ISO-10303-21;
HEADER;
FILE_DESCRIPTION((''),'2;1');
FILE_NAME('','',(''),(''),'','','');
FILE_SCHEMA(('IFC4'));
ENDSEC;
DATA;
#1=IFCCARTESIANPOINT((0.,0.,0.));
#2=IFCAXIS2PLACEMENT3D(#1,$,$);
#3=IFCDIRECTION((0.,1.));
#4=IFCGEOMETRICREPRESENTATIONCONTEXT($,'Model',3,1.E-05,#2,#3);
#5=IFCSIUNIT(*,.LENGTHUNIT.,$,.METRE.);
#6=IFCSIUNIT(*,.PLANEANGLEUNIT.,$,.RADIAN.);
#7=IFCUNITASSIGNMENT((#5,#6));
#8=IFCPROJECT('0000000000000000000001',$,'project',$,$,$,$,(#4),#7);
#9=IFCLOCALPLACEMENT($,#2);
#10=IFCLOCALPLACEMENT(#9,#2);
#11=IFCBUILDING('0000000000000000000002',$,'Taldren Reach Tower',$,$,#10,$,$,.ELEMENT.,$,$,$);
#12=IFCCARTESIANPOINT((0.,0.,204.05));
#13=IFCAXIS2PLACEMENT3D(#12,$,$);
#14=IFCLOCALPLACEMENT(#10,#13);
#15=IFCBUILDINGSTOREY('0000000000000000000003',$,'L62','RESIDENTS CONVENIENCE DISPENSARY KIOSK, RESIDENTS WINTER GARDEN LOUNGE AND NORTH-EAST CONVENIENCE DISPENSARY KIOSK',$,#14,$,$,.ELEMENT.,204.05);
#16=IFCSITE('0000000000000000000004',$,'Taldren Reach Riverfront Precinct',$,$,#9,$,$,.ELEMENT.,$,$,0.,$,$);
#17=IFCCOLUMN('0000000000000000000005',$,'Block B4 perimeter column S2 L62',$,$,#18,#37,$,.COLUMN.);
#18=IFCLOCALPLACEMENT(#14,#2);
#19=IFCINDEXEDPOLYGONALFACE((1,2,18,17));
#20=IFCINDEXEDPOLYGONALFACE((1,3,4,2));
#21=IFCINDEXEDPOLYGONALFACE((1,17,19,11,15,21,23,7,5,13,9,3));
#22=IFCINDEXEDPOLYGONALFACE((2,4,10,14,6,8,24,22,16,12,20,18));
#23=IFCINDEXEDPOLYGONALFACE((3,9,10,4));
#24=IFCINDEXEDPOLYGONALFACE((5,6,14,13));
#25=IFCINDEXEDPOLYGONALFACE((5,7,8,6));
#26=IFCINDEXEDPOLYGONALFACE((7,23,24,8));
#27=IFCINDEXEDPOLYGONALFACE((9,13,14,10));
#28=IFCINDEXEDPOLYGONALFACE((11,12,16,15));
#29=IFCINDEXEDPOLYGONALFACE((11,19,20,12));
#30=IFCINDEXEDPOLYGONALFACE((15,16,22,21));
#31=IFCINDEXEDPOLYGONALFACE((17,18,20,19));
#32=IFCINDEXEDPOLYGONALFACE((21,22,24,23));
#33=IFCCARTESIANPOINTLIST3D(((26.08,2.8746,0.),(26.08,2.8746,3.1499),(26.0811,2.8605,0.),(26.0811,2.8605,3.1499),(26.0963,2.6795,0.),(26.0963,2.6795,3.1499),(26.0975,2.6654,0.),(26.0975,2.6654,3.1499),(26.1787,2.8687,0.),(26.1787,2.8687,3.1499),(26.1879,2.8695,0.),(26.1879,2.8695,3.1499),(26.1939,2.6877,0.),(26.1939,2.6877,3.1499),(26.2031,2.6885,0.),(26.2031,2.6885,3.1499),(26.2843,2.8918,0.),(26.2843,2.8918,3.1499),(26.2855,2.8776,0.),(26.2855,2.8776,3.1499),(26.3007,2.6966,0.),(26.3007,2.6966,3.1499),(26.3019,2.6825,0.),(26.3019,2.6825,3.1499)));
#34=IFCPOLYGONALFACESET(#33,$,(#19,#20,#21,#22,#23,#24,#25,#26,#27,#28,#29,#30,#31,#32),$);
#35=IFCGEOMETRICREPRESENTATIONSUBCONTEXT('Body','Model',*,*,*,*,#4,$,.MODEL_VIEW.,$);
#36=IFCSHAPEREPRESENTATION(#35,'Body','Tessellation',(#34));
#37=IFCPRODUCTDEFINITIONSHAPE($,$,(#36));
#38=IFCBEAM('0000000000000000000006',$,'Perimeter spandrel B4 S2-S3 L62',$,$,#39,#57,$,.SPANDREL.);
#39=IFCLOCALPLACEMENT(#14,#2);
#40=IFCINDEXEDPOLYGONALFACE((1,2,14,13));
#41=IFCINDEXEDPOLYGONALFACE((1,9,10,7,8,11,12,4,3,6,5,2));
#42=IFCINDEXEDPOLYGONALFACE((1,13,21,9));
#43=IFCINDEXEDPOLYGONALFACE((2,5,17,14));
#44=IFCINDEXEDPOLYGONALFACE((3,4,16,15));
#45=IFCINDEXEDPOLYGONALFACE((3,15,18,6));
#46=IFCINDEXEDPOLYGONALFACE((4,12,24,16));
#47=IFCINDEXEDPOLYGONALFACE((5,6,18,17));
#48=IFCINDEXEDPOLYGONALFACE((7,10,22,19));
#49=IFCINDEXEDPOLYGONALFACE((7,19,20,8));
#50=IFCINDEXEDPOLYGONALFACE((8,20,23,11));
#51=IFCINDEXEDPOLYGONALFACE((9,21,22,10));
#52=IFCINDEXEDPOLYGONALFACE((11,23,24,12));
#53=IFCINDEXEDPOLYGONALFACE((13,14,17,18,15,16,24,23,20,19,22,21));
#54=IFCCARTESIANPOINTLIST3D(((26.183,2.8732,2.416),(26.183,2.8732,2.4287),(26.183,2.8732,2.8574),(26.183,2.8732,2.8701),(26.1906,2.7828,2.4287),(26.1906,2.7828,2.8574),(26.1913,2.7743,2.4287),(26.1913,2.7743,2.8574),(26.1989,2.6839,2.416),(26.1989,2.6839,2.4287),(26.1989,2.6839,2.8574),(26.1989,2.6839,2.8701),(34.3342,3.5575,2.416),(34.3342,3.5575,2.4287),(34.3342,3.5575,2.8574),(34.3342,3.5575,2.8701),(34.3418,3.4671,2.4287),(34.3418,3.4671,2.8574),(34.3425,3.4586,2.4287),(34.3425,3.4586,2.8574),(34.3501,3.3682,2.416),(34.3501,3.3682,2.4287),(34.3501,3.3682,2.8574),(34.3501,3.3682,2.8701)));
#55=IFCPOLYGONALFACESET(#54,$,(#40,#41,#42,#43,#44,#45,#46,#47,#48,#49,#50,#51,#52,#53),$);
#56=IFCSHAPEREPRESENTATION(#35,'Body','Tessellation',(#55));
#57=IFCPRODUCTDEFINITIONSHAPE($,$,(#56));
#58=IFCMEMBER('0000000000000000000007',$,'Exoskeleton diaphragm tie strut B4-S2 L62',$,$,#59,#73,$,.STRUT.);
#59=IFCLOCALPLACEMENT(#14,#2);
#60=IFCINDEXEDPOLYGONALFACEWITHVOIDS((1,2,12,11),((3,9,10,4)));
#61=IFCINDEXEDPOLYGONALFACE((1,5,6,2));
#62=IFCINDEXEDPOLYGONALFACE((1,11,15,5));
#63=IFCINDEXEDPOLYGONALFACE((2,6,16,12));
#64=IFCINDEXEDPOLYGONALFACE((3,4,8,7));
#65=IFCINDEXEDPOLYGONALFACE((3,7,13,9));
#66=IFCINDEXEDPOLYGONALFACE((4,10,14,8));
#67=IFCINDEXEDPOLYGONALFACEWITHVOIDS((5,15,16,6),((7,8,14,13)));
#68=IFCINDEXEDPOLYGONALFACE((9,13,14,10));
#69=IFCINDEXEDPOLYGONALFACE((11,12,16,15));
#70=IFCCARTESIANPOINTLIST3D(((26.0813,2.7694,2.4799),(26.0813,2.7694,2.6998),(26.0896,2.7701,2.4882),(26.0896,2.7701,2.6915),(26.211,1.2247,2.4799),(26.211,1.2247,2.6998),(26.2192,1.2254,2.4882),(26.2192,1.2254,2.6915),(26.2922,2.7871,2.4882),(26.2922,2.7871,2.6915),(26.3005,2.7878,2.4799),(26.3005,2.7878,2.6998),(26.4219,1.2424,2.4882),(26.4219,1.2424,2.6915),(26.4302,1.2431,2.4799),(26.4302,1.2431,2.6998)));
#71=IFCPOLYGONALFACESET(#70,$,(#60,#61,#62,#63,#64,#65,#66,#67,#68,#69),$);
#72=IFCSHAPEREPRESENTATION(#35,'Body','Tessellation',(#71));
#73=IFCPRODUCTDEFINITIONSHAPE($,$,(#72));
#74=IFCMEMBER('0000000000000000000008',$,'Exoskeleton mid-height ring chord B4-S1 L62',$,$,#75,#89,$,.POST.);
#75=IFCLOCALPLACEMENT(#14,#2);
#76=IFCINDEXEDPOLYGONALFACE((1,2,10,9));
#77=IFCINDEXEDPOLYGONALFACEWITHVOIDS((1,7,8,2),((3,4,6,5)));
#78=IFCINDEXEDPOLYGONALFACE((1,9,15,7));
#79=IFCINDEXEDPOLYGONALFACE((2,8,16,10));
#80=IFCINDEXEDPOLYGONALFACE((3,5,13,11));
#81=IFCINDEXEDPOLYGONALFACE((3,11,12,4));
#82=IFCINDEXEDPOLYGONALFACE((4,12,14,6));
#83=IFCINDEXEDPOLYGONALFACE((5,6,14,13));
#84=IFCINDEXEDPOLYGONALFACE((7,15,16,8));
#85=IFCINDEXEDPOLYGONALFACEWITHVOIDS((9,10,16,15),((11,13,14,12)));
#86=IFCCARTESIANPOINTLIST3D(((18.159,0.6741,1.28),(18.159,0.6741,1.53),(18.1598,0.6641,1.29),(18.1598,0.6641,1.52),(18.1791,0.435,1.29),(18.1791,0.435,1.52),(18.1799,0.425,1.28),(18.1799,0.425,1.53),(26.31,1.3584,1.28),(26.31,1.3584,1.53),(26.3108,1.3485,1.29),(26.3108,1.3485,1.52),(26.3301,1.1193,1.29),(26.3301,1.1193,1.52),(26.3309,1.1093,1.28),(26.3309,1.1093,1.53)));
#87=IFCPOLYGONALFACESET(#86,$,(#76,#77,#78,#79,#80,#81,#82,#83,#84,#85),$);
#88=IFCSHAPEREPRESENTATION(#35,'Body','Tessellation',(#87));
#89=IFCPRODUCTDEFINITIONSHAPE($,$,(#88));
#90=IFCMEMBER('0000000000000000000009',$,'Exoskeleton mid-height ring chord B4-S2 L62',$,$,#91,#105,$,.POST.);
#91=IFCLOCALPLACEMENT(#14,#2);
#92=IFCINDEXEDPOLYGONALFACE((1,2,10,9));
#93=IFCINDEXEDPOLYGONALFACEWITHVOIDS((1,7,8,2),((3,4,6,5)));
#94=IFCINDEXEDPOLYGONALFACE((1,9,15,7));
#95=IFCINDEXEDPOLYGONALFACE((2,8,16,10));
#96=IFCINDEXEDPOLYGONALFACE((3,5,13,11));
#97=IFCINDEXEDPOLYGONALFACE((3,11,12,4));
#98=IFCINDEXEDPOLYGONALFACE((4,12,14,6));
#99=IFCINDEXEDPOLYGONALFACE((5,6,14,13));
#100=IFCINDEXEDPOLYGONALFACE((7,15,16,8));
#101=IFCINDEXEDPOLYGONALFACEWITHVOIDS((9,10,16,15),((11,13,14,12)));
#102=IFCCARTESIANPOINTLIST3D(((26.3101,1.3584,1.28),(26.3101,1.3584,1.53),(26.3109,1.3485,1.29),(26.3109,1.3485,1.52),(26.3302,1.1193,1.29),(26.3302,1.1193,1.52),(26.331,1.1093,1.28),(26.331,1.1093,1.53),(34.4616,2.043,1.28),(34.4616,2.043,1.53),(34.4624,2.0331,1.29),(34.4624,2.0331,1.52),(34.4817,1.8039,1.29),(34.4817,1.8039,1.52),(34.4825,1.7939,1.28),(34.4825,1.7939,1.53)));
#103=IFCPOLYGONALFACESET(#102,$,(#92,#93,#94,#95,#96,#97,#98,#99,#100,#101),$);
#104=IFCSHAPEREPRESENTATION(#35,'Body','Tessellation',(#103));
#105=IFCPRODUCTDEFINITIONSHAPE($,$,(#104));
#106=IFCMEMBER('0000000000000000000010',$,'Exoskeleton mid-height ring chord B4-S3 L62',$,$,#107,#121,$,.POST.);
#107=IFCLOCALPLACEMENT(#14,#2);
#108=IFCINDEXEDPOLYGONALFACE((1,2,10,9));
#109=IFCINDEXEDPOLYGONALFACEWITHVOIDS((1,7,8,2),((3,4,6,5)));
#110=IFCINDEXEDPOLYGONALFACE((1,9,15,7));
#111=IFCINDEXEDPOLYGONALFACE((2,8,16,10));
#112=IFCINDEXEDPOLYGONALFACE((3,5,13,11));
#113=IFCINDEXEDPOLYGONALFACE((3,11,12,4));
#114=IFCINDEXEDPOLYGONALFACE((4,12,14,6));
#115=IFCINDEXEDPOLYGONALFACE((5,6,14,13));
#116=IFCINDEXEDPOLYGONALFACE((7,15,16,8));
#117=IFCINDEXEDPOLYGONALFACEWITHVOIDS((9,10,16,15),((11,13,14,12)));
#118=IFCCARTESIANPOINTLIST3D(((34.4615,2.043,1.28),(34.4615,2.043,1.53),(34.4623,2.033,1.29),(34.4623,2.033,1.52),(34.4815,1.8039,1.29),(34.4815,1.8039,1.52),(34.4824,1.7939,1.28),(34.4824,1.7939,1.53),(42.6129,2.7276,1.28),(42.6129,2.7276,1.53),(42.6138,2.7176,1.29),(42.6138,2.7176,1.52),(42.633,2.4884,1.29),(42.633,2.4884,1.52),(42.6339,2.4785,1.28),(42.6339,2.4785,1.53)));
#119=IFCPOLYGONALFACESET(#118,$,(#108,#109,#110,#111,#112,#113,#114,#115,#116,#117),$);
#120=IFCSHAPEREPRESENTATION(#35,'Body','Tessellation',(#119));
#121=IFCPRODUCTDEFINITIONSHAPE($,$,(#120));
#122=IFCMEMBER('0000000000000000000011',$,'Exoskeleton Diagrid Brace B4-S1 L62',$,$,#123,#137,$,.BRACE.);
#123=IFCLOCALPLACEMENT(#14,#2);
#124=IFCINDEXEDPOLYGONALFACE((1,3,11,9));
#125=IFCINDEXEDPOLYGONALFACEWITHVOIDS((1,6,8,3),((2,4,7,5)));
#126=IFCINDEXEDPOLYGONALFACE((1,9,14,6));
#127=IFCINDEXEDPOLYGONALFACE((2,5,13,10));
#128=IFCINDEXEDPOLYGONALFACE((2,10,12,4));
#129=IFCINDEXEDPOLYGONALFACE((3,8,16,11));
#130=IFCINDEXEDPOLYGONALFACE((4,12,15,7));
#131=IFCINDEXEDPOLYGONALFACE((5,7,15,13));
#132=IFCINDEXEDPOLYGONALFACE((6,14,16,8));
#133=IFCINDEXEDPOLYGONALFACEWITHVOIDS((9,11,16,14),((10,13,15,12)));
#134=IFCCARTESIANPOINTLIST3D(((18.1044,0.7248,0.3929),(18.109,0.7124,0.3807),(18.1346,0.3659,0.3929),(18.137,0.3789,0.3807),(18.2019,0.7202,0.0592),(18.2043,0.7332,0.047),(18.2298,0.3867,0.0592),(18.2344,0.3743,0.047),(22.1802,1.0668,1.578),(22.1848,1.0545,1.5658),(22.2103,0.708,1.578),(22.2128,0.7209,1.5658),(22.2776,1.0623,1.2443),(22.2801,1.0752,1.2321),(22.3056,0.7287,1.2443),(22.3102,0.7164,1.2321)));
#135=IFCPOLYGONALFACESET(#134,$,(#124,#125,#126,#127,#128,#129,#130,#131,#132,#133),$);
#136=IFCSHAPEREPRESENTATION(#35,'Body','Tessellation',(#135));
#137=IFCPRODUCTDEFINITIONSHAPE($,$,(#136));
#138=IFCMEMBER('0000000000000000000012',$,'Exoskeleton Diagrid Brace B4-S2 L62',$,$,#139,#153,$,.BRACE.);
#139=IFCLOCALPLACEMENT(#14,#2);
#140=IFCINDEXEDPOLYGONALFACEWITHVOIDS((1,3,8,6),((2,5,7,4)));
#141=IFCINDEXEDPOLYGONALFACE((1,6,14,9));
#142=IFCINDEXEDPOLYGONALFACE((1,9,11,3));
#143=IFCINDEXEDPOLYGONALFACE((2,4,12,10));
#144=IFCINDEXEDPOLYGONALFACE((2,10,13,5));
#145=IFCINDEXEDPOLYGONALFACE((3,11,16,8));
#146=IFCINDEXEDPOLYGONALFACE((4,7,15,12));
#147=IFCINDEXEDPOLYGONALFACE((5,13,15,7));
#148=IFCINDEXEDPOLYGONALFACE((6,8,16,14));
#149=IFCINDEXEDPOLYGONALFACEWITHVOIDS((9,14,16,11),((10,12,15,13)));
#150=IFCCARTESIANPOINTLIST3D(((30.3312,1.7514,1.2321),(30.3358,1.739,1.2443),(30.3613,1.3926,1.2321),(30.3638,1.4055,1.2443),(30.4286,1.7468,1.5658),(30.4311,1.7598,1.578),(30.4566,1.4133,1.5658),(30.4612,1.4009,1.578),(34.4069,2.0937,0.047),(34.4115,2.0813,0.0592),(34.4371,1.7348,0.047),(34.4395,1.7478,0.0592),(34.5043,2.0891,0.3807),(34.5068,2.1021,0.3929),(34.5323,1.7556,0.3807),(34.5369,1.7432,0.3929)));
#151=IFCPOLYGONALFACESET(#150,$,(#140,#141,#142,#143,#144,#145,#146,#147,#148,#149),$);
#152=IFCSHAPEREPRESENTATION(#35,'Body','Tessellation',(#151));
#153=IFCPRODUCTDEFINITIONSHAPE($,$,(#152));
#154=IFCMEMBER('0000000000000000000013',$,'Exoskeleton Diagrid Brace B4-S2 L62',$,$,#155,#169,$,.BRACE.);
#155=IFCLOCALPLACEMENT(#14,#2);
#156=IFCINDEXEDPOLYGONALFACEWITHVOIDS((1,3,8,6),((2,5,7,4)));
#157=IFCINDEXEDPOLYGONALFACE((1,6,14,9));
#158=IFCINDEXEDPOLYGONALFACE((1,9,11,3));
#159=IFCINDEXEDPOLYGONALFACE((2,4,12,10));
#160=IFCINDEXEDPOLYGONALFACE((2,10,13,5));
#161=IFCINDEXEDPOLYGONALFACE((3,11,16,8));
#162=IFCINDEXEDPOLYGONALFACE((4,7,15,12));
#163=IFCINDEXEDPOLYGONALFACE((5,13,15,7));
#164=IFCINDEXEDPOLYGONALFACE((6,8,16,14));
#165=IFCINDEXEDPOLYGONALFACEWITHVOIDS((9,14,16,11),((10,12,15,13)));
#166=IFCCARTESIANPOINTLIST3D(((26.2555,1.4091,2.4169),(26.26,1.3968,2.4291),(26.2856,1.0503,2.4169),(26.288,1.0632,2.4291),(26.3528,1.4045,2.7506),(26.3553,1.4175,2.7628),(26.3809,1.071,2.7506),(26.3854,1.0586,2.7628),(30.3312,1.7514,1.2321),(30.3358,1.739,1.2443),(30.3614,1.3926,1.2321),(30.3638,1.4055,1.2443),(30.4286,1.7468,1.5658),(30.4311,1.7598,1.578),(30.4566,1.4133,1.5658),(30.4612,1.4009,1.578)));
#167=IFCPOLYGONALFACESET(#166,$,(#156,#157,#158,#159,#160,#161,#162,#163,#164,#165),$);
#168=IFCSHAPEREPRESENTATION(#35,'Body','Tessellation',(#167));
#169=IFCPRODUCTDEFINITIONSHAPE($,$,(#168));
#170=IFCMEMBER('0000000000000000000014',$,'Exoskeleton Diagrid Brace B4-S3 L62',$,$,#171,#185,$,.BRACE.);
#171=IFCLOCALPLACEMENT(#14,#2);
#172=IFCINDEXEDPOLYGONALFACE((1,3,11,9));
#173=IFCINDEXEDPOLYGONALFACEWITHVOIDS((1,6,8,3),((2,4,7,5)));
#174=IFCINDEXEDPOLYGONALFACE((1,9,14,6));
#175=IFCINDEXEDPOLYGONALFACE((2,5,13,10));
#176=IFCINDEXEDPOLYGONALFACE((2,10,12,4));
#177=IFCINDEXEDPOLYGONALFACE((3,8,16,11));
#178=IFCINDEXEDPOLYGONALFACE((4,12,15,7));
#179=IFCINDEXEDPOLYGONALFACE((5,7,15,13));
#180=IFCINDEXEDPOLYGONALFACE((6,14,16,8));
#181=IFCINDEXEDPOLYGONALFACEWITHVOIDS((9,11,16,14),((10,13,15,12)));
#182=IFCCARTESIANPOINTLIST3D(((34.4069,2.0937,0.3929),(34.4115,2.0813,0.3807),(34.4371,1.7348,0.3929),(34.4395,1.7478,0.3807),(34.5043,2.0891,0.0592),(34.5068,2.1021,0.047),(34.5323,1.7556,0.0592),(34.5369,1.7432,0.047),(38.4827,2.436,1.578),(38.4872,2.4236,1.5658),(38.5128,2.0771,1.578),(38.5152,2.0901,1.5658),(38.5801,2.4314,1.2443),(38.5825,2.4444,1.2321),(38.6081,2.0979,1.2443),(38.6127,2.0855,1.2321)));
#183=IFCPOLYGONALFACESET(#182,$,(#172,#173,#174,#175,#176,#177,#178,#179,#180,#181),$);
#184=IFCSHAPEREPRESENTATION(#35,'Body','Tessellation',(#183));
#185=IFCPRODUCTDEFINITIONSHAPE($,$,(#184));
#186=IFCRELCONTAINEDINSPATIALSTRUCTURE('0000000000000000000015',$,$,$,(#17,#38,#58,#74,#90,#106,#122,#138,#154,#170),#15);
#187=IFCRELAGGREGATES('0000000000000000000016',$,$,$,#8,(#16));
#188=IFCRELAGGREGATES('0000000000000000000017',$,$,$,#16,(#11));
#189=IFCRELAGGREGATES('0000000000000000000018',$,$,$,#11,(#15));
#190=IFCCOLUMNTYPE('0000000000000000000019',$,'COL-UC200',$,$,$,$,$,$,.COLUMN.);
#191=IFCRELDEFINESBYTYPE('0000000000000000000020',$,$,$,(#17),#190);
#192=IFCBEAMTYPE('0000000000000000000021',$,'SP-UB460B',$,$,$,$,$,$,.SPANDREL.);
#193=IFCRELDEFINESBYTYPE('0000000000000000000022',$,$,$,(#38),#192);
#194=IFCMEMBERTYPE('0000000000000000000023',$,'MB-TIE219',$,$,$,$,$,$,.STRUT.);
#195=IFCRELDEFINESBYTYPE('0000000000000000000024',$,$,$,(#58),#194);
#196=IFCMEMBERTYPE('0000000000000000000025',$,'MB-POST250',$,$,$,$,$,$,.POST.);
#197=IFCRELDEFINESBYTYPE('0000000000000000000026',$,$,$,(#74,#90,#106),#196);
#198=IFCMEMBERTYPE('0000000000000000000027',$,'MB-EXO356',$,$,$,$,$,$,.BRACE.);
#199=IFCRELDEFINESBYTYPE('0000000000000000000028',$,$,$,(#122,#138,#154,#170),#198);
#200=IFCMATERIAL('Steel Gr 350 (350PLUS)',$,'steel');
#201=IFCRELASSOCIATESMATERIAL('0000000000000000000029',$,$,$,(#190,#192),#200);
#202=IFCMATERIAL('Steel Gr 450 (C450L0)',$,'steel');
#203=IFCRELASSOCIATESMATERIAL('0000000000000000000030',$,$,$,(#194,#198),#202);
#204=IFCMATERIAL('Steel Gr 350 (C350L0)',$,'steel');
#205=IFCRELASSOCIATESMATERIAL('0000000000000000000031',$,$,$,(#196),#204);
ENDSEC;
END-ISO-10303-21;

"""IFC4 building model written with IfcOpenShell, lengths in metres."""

from ifc_helpers import new_model, si_unit, direction, frame, origin, origin_2d, place, context, subcontext, project, spatial, hollow_rectangle, i_section, extrude, source, transform, mapped, material, material_profile, profile_set, type_object, element, save


model = new_model("IFC4")

# Units and contexts
model_context = context("Model", 3, precision=1e-05, world=origin(), true_north=direction((0.0, 1.0)))
body_context = subcontext(model_context, "Body", "Model", "MODEL_VIEW")
ifc_project = project(units=[si_unit("LENGTHUNIT", "METRE"), si_unit("PLANEANGLEUNIT", "RADIAN")], contexts=[model_context])

# Site, building, storey
site_placement = place(None, origin())
site = spatial("IfcSite", under=ifc_project, at=site_placement, Name="Taldren Reach Riverfront Precinct", CompositionType="ELEMENT", RefElevation=0.0)
building_placement = place(site_placement, origin())
building = spatial("IfcBuilding", under=site, at=building_placement, Name="Taldren Reach Tower", CompositionType="ELEMENT")
storey_placement = place(building_placement, frame((0.0, 0.0, 204.05)))
storey = spatial("IfcBuildingStorey", under=building, at=storey_placement, Name="L62", Description="RESIDENTS CONVENIENCE DISPENSARY KIOSK, RESIDENTS WINTER GARDEN LOUNGE AND NORTH-EAST CONVENIENCE DISPENSARY KIOSK", CompositionType="ELEMENT", Elevation=204.05)

# Column
ifc_material_1 = material(Name="Steel Gr 350 (350PLUS)", Category="steel")
ifc_material_profile_1 = material_profile(ifc_material_1, i_section(OverallWidth=0.2051, OverallDepth=0.21, WebThickness=0.0093, FlangeThickness=0.0142, at=origin_2d()), Name="200UC59.5")
ifc_profile_set_1 = profile_set([ifc_material_profile_1], Name="Steel Gr 350 (350PLUS)")
column_type = type_object("IfcColumnType", Name="COL-UC200", PredefinedType="COLUMN", material=ifc_profile_set_1)
shared_shape_1 = source(origin(), body_context, "Body", "SweptSolid", [
    extrude(i_section(OverallWidth=0.2051, OverallDepth=0.21, WebThickness=0.0093, FlangeThickness=0.0142, at=origin_2d()), origin(), (0.0, 0.0, 1.0), 3.1499),
])
column_placement = place(storey_placement, frame((26.1909, 2.7786, 0.0), z_axis=(0.0, 0.0, 1.0), x_axis=(0.996493, 0.083678, 0.0)))
element("IfcColumn", 1, at=column_placement, inside=storey, type_object=column_type, Name="Block B4 perimeter column S2 L62", PredefinedType="COLUMN", context=body_context, shape_type="MappedRepresentation", body=[
    mapped(shared_shape_1, transform((0.0, 0.0, 0.0), scale=1.0)),
])

# Beam
ifc_material_profile_2 = material_profile(ifc_material_1, i_section(OverallWidth=0.1899, OverallDepth=0.4541, WebThickness=0.0085, FlangeThickness=0.0127, at=origin_2d()), Name="460UB67.1")
ifc_profile_set_2 = profile_set([ifc_material_profile_2], Name="Steel Gr 350 (350PLUS)")
beam_type = type_object("IfcBeamType", Name="SP-UB460B", PredefinedType="SPANDREL", material=ifc_profile_set_2)
shared_shape_2 = source(origin(), body_context, "Body", "SweptSolid", [
    extrude(i_section(OverallWidth=0.1899, OverallDepth=0.4541, WebThickness=0.0085, FlangeThickness=0.0127, at=origin_2d()), origin(), (0.0, 0.0, 1.0), 8.1799),
])
beam_placement = place(storey_placement, frame((26.1909, 2.7786, 2.6431), z_axis=(0.996495, 0.083658, 0.0), x_axis=(-0.083658, 0.996495, 0.0)))
element("IfcBeam", 2, at=beam_placement, inside=storey, type_object=beam_type, Name="Perimeter spandrel B4 S2-S3 L62", PredefinedType="SPANDREL", context=body_context, shape_type="MappedRepresentation", body=[
    mapped(shared_shape_2, transform((0.0, 0.0, 0.0), scale=1.0)),
])

# Members
ifc_material_2 = material(Name="Steel Gr 450 (C450L0)", Category="steel")
ifc_material_profile_3 = material_profile(ifc_material_2, hollow_rectangle(XDim=0.22, YDim=0.22, WallThickness=0.0083, at=origin_2d()), Name="220x220x8.2SHS")
ifc_profile_set_3 = profile_set([ifc_material_profile_3], Name="Steel Gr 450 (C450L0)")
member_type_1 = type_object("IfcMemberType", Name="MB-TIE219", PredefinedType="STRUT", material=ifc_profile_set_3)
shared_shape_3 = source(origin(), body_context, "Body", "SweptSolid", [
    extrude(hollow_rectangle(XDim=0.22, YDim=0.22, WallThickness=0.0083, at=origin_2d()), origin(), (0.0, 0.0, 1.0), 1.55),
])
member_1_placement = place(storey_placement, frame((26.1909, 2.7786, 2.5898), z_axis=(0.083632, -0.996497, 0.0), x_axis=(0.996497, 0.083632, 0.0)))
element("IfcMember", 3, at=member_1_placement, inside=storey, type_object=member_type_1, Name="Exoskeleton diaphragm tie strut B4-S2 L62", PredefinedType="STRUT", context=body_context, shape_type="MappedRepresentation", body=[
    mapped(shared_shape_3, transform((0.0, 0.0, 0.0), scale=1.0)),
])
ifc_material_3 = material(Name="Steel Gr 350 (C350L0)", Category="steel")
ifc_material_profile_4 = material_profile(ifc_material_3, hollow_rectangle(XDim=0.25, YDim=0.25, WallThickness=0.01, at=origin_2d()), Name="250x250x10.0SHS")
ifc_profile_set_4 = profile_set([ifc_material_profile_4], Name="Steel Gr 350 (C350L0)")
member_type_2 = type_object("IfcMemberType", Name="MB-POST250", PredefinedType="POST", material=ifc_profile_set_4)
shared_shape_4 = source(origin(), body_context, "Body", "SweptSolid", [
    extrude(hollow_rectangle(XDim=0.25, YDim=0.25, WallThickness=0.01, at=origin_2d()), origin(), (0.0, 0.0, 1.0), 8.1797),
])
member_2_placement = place(storey_placement, frame((18.1694, 0.5496, 1.405), z_axis=(0.996494, 0.083661, 0.0), x_axis=(-0.083661, 0.996494, 0.0)))
element("IfcMember", 4, at=member_2_placement, inside=storey, type_object=member_type_2, Name="Exoskeleton mid-height ring chord B4-S1 L62", PredefinedType="POST", context=body_context, shape_type="MappedRepresentation", body=[
    mapped(shared_shape_4, transform((0.0, 0.0, 0.0), scale=1.0)),
])
shared_shape_5 = source(origin(), body_context, "Body", "SweptSolid", [
    extrude(hollow_rectangle(XDim=0.25, YDim=0.25, WallThickness=0.01, at=origin_2d()), origin(), (0.0, 0.0, 1.0), 8.1802),
])
for number, where, z_axis, x_axis, name in (
    (5, (26.3206, 1.2339, 1.405), (0.996492, 0.083688, 0.0), (-0.083688, 0.996492, 0.0), "Exoskeleton mid-height ring chord B4-S2 L62"),
    (6, (34.4719, 1.9185, 1.405), (0.996492, 0.083688, 0.0), (-0.083688, 0.996492, 0.0), "Exoskeleton mid-height ring chord B4-S3 L62"),
):
    element("IfcMember", number, at=place(storey_placement, frame(where, z_axis=z_axis, x_axis=x_axis)), inside=storey, type_object=member_type_2, Name=name, PredefinedType="POST", context=body_context, shape_type="MappedRepresentation", body=[
        mapped(shared_shape_5, transform((0.0, 0.0, 0.0), scale=1.0)),
    ])
ifc_material_profile_5 = material_profile(ifc_material_2, hollow_rectangle(XDim=0.3601, YDim=0.3601, WallThickness=0.0127, at=origin_2d()), Name="360x360x12.7SHS")
ifc_profile_set_5 = profile_set([ifc_material_profile_5], Name="Steel Gr 450 (C450L0)")
member_type_3 = type_object("IfcMemberType", Name="MB-EXO356", PredefinedType="BRACE", material=ifc_profile_set_5)
shared_shape_6 = source(origin(), body_context, "Body", "SweptSolid", [
    extrude(hollow_rectangle(XDim=0.3601, YDim=0.3601, WallThickness=0.0127, at=origin_2d()), origin(), (0.0, 0.0, 1.0), 4.2583),
])
for number, where, z_axis, x_axis, name in (
    (7, (18.1694, 0.5496, 0.22), (0.95713, 0.080325, 0.278298), (-0.083628, 0.996497, 0.0), "Exoskeleton Diagrid Brace B4-S1 L62"),
    (8, (34.4719, 1.9185, 0.22), (-0.957126, -0.080382, 0.278297), (0.083688, -0.996492, 0.0), "Exoskeleton Diagrid Brace B4-S2 L62"),
    (9, (30.3962, 1.5762, 1.405), (-0.957141, -0.080383, 0.278244), (0.083688, -0.996492, 0.0), "Exoskeleton Diagrid Brace B4-S2 L62"),
    (10, (34.4719, 1.9185, 0.22), (0.957126, 0.080382, 0.278297), (-0.083688, 0.996492, 0.0), "Exoskeleton Diagrid Brace B4-S3 L62"),
):
    element("IfcMember", number, at=place(storey_placement, frame(where, z_axis=z_axis, x_axis=x_axis)), inside=storey, type_object=member_type_3, Name=name, PredefinedType="BRACE", context=body_context, shape_type="MappedRepresentation", body=[
        mapped(shared_shape_6, transform((0.0, 0.0, 0.0), scale=1.0)),
    ])

save(model, "model.ifc")
